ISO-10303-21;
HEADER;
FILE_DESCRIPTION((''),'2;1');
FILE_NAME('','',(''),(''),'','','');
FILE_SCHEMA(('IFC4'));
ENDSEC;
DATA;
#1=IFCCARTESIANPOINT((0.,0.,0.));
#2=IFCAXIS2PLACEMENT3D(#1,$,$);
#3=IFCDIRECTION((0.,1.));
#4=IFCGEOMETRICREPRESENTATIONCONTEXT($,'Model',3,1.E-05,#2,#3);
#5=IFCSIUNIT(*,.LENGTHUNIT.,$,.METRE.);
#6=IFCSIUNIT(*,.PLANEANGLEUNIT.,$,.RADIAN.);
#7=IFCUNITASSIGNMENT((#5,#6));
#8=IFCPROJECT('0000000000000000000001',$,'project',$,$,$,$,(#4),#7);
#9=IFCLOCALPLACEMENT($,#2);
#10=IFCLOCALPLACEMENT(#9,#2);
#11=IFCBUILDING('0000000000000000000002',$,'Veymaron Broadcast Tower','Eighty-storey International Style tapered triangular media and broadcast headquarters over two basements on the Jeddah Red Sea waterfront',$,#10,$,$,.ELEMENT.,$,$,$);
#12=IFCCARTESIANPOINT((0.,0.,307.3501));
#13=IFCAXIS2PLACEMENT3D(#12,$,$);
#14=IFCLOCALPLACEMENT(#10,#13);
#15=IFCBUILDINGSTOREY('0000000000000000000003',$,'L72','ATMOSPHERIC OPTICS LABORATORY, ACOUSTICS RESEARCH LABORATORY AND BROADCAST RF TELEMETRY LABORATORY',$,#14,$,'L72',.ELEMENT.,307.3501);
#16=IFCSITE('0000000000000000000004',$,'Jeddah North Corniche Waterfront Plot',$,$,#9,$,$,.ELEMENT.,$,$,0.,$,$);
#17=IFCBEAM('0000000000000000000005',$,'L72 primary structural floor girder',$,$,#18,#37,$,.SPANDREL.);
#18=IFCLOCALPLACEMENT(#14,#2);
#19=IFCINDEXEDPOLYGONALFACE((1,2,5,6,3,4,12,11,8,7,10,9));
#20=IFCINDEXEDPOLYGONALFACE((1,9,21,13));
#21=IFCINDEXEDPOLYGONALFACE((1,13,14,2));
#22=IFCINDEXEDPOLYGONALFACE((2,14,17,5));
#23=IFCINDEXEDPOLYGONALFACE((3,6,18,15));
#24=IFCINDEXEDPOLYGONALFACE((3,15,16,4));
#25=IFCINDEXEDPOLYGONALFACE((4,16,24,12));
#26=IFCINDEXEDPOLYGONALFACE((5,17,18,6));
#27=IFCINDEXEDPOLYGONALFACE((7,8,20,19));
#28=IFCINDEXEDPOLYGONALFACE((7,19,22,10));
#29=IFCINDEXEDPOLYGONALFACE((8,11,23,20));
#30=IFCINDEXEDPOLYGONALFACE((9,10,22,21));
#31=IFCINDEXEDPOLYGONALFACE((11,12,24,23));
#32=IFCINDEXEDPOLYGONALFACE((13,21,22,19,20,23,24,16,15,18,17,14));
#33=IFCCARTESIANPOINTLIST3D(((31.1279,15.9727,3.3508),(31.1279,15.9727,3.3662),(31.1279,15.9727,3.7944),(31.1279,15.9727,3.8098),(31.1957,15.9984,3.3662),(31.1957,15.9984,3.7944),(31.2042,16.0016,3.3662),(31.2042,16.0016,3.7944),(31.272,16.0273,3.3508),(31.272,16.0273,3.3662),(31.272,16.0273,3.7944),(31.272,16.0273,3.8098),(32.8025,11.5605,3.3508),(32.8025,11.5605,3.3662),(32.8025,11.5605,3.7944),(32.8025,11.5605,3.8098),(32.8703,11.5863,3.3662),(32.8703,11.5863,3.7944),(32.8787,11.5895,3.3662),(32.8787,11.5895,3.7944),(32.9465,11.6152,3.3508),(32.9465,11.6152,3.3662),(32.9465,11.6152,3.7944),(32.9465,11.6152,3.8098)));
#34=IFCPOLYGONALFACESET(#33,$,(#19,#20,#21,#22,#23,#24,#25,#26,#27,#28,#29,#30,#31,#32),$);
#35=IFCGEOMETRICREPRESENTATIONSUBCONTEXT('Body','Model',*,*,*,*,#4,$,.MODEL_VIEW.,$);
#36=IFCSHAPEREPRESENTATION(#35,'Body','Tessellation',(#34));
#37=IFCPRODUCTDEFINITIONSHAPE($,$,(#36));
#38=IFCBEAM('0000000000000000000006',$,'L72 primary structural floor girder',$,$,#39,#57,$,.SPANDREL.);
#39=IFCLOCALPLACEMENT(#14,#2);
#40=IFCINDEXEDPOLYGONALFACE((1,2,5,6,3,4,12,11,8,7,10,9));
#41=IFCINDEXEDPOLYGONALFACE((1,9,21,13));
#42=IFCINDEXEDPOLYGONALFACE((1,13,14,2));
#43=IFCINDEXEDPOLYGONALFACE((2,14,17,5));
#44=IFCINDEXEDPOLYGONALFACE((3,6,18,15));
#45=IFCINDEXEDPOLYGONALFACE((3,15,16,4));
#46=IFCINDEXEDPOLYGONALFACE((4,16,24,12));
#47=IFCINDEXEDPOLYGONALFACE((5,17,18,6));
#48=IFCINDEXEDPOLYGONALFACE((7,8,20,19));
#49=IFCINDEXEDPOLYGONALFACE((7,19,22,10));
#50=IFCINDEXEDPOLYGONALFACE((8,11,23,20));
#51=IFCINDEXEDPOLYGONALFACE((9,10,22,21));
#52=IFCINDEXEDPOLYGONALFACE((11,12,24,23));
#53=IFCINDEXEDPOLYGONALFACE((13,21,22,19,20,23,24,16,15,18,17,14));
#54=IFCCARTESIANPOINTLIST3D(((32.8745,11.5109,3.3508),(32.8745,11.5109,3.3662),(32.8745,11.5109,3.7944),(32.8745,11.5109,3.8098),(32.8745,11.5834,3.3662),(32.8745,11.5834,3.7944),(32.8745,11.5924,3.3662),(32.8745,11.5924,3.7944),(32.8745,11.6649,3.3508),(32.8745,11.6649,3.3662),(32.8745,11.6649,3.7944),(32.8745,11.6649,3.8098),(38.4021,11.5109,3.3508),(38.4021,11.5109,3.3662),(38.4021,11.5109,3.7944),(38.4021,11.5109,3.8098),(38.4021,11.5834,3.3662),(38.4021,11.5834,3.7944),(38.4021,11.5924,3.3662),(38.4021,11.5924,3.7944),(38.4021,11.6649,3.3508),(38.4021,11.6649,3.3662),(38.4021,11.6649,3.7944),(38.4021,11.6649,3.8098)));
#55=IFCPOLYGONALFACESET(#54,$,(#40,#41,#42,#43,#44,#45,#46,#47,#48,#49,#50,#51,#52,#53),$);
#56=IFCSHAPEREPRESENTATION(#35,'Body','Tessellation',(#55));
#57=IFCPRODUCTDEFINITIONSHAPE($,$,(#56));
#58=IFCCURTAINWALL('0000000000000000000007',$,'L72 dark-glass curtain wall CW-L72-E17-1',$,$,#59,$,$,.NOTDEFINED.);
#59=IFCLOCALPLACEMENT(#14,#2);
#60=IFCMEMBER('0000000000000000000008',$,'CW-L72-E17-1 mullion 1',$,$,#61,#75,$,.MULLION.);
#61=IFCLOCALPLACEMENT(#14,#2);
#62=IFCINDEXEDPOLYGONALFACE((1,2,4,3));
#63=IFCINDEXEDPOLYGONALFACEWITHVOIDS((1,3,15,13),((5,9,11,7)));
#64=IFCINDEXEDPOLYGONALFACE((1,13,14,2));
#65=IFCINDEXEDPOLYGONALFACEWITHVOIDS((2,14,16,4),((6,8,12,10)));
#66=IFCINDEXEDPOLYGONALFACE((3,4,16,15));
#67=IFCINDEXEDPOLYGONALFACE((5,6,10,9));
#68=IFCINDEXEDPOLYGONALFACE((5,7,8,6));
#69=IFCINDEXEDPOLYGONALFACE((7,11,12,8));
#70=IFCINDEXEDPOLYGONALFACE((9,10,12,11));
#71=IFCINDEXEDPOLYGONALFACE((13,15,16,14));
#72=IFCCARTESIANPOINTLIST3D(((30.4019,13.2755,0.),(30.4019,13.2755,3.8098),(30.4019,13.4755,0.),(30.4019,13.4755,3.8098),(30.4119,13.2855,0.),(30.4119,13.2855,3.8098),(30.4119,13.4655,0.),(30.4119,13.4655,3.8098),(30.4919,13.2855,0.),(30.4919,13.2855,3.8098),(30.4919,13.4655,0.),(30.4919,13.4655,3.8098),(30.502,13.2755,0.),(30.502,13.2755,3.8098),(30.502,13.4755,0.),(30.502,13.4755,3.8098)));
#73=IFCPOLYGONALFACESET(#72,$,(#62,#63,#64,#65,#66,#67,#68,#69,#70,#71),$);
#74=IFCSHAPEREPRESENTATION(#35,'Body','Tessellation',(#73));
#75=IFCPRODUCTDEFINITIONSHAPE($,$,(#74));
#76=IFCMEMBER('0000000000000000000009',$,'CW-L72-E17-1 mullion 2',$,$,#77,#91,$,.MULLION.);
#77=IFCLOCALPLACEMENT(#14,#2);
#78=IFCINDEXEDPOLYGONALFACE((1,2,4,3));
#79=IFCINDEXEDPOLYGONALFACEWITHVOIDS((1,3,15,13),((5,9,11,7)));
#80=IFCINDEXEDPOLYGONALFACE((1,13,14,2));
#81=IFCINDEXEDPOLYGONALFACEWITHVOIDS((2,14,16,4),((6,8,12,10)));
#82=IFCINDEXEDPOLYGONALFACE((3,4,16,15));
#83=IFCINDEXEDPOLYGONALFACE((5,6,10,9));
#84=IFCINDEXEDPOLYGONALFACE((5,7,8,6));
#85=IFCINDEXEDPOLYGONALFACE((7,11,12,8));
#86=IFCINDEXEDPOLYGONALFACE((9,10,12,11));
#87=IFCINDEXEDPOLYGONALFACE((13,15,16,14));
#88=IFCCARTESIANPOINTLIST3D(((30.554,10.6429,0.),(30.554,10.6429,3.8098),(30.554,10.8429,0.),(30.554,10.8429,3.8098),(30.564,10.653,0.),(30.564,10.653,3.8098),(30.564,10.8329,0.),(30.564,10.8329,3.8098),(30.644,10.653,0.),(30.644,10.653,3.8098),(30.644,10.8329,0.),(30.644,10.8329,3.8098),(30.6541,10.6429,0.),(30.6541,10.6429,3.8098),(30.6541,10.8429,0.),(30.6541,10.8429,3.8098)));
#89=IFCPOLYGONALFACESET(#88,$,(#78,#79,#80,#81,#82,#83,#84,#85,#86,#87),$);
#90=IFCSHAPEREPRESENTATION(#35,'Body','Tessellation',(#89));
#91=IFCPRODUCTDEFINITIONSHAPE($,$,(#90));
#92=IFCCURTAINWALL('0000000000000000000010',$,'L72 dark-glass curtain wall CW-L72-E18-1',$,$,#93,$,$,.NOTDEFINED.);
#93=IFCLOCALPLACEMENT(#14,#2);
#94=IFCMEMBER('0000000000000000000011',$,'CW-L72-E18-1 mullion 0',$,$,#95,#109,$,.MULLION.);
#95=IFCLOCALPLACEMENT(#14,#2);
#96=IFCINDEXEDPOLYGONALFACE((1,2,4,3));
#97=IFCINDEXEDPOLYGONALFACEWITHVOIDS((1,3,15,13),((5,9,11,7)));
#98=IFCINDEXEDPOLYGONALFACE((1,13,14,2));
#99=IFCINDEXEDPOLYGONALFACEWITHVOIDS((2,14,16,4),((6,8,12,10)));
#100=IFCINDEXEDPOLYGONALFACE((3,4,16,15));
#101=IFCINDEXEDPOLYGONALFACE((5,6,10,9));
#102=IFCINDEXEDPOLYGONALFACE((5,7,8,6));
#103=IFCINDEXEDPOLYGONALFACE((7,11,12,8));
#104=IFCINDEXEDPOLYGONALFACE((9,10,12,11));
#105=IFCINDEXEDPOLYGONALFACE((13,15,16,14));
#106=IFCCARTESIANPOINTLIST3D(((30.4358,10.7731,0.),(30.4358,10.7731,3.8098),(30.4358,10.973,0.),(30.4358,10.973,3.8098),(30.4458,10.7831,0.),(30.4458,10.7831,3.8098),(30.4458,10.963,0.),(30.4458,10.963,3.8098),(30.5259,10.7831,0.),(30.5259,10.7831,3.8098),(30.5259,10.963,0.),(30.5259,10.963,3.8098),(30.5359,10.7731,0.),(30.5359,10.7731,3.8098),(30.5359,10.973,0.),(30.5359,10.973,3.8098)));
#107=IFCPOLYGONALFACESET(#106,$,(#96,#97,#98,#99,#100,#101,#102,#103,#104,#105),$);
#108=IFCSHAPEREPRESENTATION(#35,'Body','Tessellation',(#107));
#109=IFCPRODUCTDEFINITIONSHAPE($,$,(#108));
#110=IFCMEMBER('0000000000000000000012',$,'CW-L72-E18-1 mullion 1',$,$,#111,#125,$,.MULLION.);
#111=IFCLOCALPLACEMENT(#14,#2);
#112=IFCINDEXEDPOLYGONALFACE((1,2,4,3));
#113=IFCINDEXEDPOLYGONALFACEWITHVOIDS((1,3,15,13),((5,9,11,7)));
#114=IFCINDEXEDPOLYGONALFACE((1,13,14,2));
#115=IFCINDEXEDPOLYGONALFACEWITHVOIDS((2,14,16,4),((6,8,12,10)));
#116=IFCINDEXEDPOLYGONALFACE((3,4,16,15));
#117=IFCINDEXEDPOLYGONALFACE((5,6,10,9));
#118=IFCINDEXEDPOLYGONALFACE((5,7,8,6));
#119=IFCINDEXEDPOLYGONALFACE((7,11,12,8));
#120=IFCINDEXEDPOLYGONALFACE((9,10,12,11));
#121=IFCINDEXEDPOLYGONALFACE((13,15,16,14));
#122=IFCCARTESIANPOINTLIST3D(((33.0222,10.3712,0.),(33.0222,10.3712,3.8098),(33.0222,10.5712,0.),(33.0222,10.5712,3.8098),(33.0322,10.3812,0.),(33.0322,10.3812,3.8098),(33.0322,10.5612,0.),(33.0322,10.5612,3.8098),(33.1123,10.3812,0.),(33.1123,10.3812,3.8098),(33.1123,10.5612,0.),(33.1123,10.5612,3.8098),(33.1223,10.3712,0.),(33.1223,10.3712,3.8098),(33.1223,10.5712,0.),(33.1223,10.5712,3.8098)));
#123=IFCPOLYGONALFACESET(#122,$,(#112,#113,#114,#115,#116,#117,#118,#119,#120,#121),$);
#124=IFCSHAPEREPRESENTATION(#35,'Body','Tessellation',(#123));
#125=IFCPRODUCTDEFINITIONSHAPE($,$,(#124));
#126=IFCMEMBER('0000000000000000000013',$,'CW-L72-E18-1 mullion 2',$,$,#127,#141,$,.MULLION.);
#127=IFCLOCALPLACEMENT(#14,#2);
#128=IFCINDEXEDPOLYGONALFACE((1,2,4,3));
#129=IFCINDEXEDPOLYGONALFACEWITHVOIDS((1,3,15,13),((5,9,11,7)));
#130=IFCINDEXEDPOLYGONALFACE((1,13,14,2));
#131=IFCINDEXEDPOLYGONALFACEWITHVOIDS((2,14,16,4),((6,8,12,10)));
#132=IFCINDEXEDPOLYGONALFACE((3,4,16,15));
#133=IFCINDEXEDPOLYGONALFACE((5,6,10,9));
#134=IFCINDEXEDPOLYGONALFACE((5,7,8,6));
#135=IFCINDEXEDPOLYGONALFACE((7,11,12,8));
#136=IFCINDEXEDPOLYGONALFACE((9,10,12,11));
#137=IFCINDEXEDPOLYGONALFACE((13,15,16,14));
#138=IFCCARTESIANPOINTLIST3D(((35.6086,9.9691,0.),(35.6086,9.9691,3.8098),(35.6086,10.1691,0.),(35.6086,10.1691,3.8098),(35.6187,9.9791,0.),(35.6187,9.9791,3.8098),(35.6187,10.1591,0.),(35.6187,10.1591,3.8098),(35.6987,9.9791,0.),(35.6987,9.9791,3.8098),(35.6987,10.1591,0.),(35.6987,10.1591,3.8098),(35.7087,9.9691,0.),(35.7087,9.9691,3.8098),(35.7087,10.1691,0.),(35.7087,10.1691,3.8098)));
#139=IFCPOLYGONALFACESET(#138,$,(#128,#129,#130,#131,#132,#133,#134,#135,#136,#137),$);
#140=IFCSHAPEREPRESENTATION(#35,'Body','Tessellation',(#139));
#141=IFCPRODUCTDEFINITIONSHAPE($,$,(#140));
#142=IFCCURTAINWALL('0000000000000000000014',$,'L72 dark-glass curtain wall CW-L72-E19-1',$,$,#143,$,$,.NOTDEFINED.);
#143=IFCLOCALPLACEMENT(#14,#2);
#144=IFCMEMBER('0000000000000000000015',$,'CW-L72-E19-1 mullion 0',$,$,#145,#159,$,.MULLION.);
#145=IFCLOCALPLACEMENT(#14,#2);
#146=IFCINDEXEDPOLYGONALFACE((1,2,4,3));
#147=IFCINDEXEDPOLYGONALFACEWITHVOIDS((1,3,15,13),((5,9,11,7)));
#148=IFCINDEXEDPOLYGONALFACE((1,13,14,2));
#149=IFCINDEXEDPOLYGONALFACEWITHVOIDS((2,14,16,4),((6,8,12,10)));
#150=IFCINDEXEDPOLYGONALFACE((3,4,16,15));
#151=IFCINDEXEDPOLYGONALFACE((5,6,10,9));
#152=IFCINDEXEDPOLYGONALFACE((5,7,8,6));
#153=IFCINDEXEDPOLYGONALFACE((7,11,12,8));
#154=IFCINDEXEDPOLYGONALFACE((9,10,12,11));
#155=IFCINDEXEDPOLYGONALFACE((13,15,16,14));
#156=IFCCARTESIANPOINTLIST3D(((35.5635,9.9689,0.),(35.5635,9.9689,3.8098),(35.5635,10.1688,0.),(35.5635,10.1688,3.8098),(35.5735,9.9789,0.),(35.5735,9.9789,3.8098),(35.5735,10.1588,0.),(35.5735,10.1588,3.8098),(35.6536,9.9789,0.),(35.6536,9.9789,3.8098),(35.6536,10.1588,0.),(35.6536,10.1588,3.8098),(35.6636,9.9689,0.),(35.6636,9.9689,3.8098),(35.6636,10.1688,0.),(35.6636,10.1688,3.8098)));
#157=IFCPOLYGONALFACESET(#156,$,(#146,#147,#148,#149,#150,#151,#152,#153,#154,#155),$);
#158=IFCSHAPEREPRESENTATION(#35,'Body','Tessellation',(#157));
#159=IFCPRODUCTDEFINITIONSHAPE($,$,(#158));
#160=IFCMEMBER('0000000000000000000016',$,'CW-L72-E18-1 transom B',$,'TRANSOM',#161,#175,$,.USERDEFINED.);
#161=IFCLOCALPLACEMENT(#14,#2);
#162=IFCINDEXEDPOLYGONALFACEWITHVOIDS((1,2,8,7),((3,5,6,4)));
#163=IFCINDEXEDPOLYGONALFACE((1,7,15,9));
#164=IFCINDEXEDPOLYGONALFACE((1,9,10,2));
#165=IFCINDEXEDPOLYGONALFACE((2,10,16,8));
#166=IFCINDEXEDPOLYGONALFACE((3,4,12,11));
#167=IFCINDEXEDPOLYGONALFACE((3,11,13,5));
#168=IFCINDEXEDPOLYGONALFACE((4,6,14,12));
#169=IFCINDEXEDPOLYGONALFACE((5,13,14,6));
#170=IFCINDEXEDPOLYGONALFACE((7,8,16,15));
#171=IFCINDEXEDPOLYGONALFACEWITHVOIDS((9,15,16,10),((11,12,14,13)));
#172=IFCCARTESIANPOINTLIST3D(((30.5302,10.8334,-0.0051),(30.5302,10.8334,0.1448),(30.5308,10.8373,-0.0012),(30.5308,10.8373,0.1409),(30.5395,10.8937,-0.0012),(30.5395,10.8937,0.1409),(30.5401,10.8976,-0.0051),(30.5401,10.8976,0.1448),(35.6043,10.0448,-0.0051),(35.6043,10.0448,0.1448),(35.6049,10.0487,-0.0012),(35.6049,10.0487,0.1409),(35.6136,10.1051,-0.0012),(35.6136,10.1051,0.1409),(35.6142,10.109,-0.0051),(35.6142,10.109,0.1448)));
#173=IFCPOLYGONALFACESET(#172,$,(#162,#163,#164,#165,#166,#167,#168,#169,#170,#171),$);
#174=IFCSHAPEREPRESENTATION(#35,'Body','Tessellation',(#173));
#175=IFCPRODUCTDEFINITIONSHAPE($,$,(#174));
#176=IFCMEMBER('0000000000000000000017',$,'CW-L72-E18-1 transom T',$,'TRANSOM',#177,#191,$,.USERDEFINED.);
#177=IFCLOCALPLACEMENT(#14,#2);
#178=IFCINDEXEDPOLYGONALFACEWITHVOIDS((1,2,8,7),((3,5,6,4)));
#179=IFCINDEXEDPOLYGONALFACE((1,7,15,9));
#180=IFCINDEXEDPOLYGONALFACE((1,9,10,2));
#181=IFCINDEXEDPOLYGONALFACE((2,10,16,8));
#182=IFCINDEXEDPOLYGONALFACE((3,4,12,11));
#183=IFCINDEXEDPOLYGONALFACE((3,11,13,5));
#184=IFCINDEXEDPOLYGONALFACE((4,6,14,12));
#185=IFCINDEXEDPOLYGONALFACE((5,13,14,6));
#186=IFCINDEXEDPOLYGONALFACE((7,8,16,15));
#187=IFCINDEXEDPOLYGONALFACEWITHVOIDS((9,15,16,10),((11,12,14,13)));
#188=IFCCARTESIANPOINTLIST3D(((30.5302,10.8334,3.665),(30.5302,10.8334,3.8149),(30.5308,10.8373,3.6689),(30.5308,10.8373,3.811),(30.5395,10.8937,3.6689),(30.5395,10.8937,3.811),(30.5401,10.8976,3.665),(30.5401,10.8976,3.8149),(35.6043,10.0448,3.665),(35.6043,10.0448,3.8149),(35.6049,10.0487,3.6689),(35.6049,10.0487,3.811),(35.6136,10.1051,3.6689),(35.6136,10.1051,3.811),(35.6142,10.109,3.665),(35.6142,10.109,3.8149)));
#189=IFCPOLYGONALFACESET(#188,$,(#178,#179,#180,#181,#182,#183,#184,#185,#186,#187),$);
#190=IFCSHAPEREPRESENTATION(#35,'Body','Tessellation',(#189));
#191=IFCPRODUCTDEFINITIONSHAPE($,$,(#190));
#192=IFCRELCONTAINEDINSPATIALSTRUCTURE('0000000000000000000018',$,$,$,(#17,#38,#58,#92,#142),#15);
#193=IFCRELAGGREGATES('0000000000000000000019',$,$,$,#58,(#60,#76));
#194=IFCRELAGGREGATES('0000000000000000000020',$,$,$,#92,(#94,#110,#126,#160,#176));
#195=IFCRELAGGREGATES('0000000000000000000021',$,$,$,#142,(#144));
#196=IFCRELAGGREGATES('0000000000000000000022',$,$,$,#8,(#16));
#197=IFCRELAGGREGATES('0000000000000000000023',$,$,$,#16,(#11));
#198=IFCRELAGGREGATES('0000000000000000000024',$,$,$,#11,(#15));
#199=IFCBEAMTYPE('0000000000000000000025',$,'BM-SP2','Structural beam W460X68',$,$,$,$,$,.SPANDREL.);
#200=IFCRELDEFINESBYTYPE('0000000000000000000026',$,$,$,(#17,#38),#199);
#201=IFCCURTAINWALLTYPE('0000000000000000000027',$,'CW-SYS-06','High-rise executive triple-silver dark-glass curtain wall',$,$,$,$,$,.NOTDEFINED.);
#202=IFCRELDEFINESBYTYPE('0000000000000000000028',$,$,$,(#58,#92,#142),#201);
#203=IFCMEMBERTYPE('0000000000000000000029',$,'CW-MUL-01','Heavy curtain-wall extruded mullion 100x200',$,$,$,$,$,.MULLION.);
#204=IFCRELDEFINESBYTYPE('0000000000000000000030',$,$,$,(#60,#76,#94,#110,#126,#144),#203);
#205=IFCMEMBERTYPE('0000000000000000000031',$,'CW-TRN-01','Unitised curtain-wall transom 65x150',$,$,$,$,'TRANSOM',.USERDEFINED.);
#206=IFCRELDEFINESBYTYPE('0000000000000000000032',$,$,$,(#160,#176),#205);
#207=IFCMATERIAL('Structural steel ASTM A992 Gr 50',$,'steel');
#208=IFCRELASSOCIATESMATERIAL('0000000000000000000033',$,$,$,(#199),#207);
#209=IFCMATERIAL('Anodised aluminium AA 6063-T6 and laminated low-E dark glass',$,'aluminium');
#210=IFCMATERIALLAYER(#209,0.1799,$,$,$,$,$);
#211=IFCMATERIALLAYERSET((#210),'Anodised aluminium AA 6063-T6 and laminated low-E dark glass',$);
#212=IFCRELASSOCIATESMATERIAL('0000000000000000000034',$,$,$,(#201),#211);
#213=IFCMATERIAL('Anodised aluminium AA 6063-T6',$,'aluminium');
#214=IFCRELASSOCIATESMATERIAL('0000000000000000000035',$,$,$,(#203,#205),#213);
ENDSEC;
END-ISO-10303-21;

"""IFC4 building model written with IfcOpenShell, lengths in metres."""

from ifc_helpers import new_model, si_unit, direction, frame, origin, origin_2d, place, context, subcontext, project, spatial, hollow_rectangle, i_section, extrude, material, layer, layer_set, material_profile, profile_set, type_object, element, aggregate, save


model = new_model("IFC4")

# Units and contexts
model_context = context("Model", 3, precision=1e-05, world=origin(), true_north=direction((0.0, 1.0)))
body_context = subcontext(model_context, "Body", "Model", "MODEL_VIEW")
ifc_project = project(units=[si_unit("LENGTHUNIT", "METRE"), si_unit("PLANEANGLEUNIT", "RADIAN")], contexts=[model_context])

# Site, building, storey
site_placement = place(None, origin())
site = spatial("IfcSite", under=ifc_project, at=site_placement, Name="Jeddah North Corniche Waterfront Plot", CompositionType="ELEMENT", RefElevation=0.0)
building_placement = place(site_placement, origin())
building = spatial("IfcBuilding", under=site, at=building_placement, Name="Veymaron Broadcast Tower", Description="Eighty-storey International Style tapered triangular media and broadcast headquarters over two basements on the Jeddah Red Sea waterfront", CompositionType="ELEMENT")
storey_placement = place(building_placement, frame((0.0, 0.0, 307.3501)))
storey = spatial("IfcBuildingStorey", under=building, at=storey_placement, Name="L72", Description="ATMOSPHERIC OPTICS LABORATORY, ACOUSTICS RESEARCH LABORATORY AND BROADCAST RF TELEMETRY LABORATORY", LongName="L72", CompositionType="ELEMENT", Elevation=307.3501)

# Shared definitions
ifc_material_1 = material(Name="Structural steel ASTM A992 Gr 50", Category="steel")

# Beams
ifc_material_profile_1 = material_profile(ifc_material_1, i_section(OverallWidth=0.1541, OverallDepth=0.459, WebThickness=0.009, FlangeThickness=0.0154, at=origin_2d()), Name="W460X68")
ifc_profile_set_1 = profile_set([ifc_material_profile_1], Name="Structural steel ASTM A992 Gr 50")
beam_type_1 = type_object("IfcBeamType", Name="BM-SP2", Description="Structural beam W460X68", PredefinedType="SPANDREL", material=ifc_profile_set_1)
beam_1_placement = place(storey_placement, frame((31.2, 16.0, 3.5803), z_axis=(0.35484, -0.934927, 0.0), x_axis=(0.934927, 0.35484, 0.0)))
element("IfcBeam", 1, at=beam_1_placement, inside=storey, type_object=beam_type_1, Name="L72 primary structural floor girder", PredefinedType="SPANDREL", context=body_context, shape_type="SweptSolid", body=[
    extrude(i_section(OverallWidth=0.1541, OverallDepth=0.459, WebThickness=0.009, FlangeThickness=0.0154, at=origin_2d()), origin(), (0.0, 0.0, 1.0), 4.7192),
])
beam_2_placement = place(storey_placement, frame((32.8745, 11.5879, 3.5803), z_axis=(1.0, 0.0, 0.0), x_axis=(0.0, 1.0, 0.0)))
element("IfcBeam", 2, at=beam_2_placement, inside=storey, type_object=beam_type_1, Name="L72 primary structural floor girder", PredefinedType="SPANDREL", context=body_context, shape_type="SweptSolid", body=[
    extrude(i_section(OverallWidth=0.1541, OverallDepth=0.459, WebThickness=0.009, FlangeThickness=0.0154, at=origin_2d()), origin(), (0.0, 0.0, 1.0), 5.5276),
])

# Curtain walls, members
ifc_material_2 = material(Name="Anodised aluminium AA 6063-T6 and laminated low-E dark glass", Category="aluminium")
ifc_layer_1 = layer(ifc_material_2, 0.1799)
ifc_layer_set_1 = layer_set([ifc_layer_1], Name="Anodised aluminium AA 6063-T6 and laminated low-E dark glass")
curtain_wall_type = type_object("IfcCurtainWallType", Name="CW-SYS-06", Description="High-rise executive triple-silver dark-glass curtain wall", PredefinedType="NOTDEFINED", material=ifc_layer_set_1)
curtain_wall_1_placement = place(storey_placement, origin())
curtain_wall_1 = element("IfcCurtainWall", 3, at=curtain_wall_1_placement, inside=storey, type_object=curtain_wall_type, Name="L72 dark-glass curtain wall CW-L72-E17-1", PredefinedType="NOTDEFINED")
ifc_material_3 = material(Name="Anodised aluminium AA 6063-T6", Category="aluminium")
ifc_material_profile_2 = material_profile(ifc_material_3, hollow_rectangle(XDim=0.1001, YDim=0.2, WallThickness=0.01, at=origin_2d()), Name="RHS200X100X10")
ifc_profile_set_2 = profile_set([ifc_material_profile_2], Name="Anodised aluminium AA 6063-T6")
member_type_1 = type_object("IfcMemberType", Name="CW-MUL-01", Description="Heavy curtain-wall extruded mullion 100x200", PredefinedType="MULLION", material=ifc_profile_set_2)
member_1_placement = place(storey_placement, frame((30.4519, 13.3755, 0.0), z_axis=(0.0, 0.0, 1.0), x_axis=(1.0, 0.0, 0.0)))
member_1 = element("IfcMember", 4, at=member_1_placement, type_object=member_type_1, Name="CW-L72-E17-1 mullion 1", PredefinedType="MULLION", context=body_context, shape_type="SweptSolid", body=[
    extrude(hollow_rectangle(XDim=0.1001, YDim=0.2, WallThickness=0.01, at=origin_2d()), origin(), (0.0, 0.0, 1.0), 3.8098),
])
member_2_placement = place(storey_placement, frame((30.604, 10.7429, 0.0), z_axis=(0.0, 0.0, 1.0), x_axis=(1.0, 0.0, 0.0)))
member_2 = element("IfcMember", 5, at=member_2_placement, type_object=member_type_1, Name="CW-L72-E17-1 mullion 2", PredefinedType="MULLION", context=body_context, shape_type="SweptSolid", body=[
    extrude(hollow_rectangle(XDim=0.1001, YDim=0.2, WallThickness=0.01, at=origin_2d()), origin(), (0.0, 0.0, 1.0), 3.8098),
])
curtain_wall_2_placement = place(storey_placement, origin())
curtain_wall_2 = element("IfcCurtainWall", 6, at=curtain_wall_2_placement, inside=storey, type_object=curtain_wall_type, Name="L72 dark-glass curtain wall CW-L72-E18-1", PredefinedType="NOTDEFINED")
member_3_placement = place(storey_placement, frame((30.4858, 10.873, 0.0), z_axis=(0.0, 0.0, 1.0), x_axis=(1.0, 0.0, 0.0)))
member_3 = element("IfcMember", 7, at=member_3_placement, type_object=member_type_1, Name="CW-L72-E18-1 mullion 0", PredefinedType="MULLION", context=body_context, shape_type="SweptSolid", body=[
    extrude(hollow_rectangle(XDim=0.1001, YDim=0.2, WallThickness=0.01, at=origin_2d()), origin(), (0.0, 0.0, 1.0), 3.8098),
])
member_4_placement = place(storey_placement, frame((33.0723, 10.4712, 0.0), z_axis=(0.0, 0.0, 1.0), x_axis=(1.0, 0.0, 0.0)))
member_4 = element("IfcMember", 8, at=member_4_placement, type_object=member_type_1, Name="CW-L72-E18-1 mullion 1", PredefinedType="MULLION", context=body_context, shape_type="SweptSolid", body=[
    extrude(hollow_rectangle(XDim=0.1001, YDim=0.2, WallThickness=0.01, at=origin_2d()), origin(), (0.0, 0.0, 1.0), 3.8098),
])
member_5_placement = place(storey_placement, frame((35.6587, 10.0691, 0.0), z_axis=(0.0, 0.0, 1.0), x_axis=(1.0, 0.0, 0.0)))
member_5 = element("IfcMember", 9, at=member_5_placement, type_object=member_type_1, Name="CW-L72-E18-1 mullion 2", PredefinedType="MULLION", context=body_context, shape_type="SweptSolid", body=[
    extrude(hollow_rectangle(XDim=0.1001, YDim=0.2, WallThickness=0.01, at=origin_2d()), origin(), (0.0, 0.0, 1.0), 3.8098),
])

# Curtain wall, member
curtain_wall_3_placement = place(storey_placement, origin())
curtain_wall_3 = element("IfcCurtainWall", 10, at=curtain_wall_3_placement, inside=storey, type_object=curtain_wall_type, Name="L72 dark-glass curtain wall CW-L72-E19-1", PredefinedType="NOTDEFINED")
member_6_placement = place(storey_placement, frame((35.6135, 10.0688, 0.0), z_axis=(0.0, 0.0, 1.0), x_axis=(1.0, 0.0, 0.0)))
member_6 = element("IfcMember", 11, at=member_6_placement, type_object=member_type_1, Name="CW-L72-E19-1 mullion 0", PredefinedType="MULLION", context=body_context, shape_type="SweptSolid", body=[
    extrude(hollow_rectangle(XDim=0.1001, YDim=0.2, WallThickness=0.01, at=origin_2d()), origin(), (0.0, 0.0, 1.0), 3.8098),
])

# Members
ifc_material_profile_3 = material_profile(ifc_material_3, hollow_rectangle(XDim=0.0649, YDim=0.1499, WallThickness=0.0039, at=origin_2d()), Name="AL150X65X4")
ifc_profile_set_3 = profile_set([ifc_material_profile_3], Name="Anodised aluminium AA 6063-T6")
member_type_2 = type_object("IfcMemberType", Name="CW-TRN-01", Description="Unitised curtain-wall transom 65x150", ElementType="TRANSOM", PredefinedType="USERDEFINED", material=ifc_profile_set_3)
member_7_placement = place(storey_placement, frame((30.5352, 10.8655, 0.0698), z_axis=(0.988139, -0.153565, 0.0), x_axis=(0.153565, 0.988139, 0.0)))
member_7 = element("IfcMember", 12, at=member_7_placement, type_object=member_type_2, Name="CW-L72-E18-1 transom B", ObjectType="TRANSOM", PredefinedType="USERDEFINED", context=body_context, shape_type="SweptSolid", body=[
    extrude(hollow_rectangle(XDim=0.0649, YDim=0.1499, WallThickness=0.0039, at=origin_2d()), origin(), (0.0, 0.0, 1.0), 5.135),
])
member_8_placement = place(storey_placement, frame((30.5352, 10.8655, 3.74), z_axis=(0.988139, -0.153565, 0.0), x_axis=(0.153565, 0.988139, 0.0)))
member_8 = element("IfcMember", 13, at=member_8_placement, type_object=member_type_2, Name="CW-L72-E18-1 transom T", ObjectType="TRANSOM", PredefinedType="USERDEFINED", context=body_context, shape_type="SweptSolid", body=[
    extrude(hollow_rectangle(XDim=0.0649, YDim=0.1499, WallThickness=0.0039, at=origin_2d()), origin(), (0.0, 0.0, 1.0), 5.135),
])

aggregate(curtain_wall_1, [member_1, member_2])
aggregate(curtain_wall_2, [member_3, member_4, member_5, member_7, member_8])
aggregate(curtain_wall_3, [member_6])

save(model, "model.ifc")
